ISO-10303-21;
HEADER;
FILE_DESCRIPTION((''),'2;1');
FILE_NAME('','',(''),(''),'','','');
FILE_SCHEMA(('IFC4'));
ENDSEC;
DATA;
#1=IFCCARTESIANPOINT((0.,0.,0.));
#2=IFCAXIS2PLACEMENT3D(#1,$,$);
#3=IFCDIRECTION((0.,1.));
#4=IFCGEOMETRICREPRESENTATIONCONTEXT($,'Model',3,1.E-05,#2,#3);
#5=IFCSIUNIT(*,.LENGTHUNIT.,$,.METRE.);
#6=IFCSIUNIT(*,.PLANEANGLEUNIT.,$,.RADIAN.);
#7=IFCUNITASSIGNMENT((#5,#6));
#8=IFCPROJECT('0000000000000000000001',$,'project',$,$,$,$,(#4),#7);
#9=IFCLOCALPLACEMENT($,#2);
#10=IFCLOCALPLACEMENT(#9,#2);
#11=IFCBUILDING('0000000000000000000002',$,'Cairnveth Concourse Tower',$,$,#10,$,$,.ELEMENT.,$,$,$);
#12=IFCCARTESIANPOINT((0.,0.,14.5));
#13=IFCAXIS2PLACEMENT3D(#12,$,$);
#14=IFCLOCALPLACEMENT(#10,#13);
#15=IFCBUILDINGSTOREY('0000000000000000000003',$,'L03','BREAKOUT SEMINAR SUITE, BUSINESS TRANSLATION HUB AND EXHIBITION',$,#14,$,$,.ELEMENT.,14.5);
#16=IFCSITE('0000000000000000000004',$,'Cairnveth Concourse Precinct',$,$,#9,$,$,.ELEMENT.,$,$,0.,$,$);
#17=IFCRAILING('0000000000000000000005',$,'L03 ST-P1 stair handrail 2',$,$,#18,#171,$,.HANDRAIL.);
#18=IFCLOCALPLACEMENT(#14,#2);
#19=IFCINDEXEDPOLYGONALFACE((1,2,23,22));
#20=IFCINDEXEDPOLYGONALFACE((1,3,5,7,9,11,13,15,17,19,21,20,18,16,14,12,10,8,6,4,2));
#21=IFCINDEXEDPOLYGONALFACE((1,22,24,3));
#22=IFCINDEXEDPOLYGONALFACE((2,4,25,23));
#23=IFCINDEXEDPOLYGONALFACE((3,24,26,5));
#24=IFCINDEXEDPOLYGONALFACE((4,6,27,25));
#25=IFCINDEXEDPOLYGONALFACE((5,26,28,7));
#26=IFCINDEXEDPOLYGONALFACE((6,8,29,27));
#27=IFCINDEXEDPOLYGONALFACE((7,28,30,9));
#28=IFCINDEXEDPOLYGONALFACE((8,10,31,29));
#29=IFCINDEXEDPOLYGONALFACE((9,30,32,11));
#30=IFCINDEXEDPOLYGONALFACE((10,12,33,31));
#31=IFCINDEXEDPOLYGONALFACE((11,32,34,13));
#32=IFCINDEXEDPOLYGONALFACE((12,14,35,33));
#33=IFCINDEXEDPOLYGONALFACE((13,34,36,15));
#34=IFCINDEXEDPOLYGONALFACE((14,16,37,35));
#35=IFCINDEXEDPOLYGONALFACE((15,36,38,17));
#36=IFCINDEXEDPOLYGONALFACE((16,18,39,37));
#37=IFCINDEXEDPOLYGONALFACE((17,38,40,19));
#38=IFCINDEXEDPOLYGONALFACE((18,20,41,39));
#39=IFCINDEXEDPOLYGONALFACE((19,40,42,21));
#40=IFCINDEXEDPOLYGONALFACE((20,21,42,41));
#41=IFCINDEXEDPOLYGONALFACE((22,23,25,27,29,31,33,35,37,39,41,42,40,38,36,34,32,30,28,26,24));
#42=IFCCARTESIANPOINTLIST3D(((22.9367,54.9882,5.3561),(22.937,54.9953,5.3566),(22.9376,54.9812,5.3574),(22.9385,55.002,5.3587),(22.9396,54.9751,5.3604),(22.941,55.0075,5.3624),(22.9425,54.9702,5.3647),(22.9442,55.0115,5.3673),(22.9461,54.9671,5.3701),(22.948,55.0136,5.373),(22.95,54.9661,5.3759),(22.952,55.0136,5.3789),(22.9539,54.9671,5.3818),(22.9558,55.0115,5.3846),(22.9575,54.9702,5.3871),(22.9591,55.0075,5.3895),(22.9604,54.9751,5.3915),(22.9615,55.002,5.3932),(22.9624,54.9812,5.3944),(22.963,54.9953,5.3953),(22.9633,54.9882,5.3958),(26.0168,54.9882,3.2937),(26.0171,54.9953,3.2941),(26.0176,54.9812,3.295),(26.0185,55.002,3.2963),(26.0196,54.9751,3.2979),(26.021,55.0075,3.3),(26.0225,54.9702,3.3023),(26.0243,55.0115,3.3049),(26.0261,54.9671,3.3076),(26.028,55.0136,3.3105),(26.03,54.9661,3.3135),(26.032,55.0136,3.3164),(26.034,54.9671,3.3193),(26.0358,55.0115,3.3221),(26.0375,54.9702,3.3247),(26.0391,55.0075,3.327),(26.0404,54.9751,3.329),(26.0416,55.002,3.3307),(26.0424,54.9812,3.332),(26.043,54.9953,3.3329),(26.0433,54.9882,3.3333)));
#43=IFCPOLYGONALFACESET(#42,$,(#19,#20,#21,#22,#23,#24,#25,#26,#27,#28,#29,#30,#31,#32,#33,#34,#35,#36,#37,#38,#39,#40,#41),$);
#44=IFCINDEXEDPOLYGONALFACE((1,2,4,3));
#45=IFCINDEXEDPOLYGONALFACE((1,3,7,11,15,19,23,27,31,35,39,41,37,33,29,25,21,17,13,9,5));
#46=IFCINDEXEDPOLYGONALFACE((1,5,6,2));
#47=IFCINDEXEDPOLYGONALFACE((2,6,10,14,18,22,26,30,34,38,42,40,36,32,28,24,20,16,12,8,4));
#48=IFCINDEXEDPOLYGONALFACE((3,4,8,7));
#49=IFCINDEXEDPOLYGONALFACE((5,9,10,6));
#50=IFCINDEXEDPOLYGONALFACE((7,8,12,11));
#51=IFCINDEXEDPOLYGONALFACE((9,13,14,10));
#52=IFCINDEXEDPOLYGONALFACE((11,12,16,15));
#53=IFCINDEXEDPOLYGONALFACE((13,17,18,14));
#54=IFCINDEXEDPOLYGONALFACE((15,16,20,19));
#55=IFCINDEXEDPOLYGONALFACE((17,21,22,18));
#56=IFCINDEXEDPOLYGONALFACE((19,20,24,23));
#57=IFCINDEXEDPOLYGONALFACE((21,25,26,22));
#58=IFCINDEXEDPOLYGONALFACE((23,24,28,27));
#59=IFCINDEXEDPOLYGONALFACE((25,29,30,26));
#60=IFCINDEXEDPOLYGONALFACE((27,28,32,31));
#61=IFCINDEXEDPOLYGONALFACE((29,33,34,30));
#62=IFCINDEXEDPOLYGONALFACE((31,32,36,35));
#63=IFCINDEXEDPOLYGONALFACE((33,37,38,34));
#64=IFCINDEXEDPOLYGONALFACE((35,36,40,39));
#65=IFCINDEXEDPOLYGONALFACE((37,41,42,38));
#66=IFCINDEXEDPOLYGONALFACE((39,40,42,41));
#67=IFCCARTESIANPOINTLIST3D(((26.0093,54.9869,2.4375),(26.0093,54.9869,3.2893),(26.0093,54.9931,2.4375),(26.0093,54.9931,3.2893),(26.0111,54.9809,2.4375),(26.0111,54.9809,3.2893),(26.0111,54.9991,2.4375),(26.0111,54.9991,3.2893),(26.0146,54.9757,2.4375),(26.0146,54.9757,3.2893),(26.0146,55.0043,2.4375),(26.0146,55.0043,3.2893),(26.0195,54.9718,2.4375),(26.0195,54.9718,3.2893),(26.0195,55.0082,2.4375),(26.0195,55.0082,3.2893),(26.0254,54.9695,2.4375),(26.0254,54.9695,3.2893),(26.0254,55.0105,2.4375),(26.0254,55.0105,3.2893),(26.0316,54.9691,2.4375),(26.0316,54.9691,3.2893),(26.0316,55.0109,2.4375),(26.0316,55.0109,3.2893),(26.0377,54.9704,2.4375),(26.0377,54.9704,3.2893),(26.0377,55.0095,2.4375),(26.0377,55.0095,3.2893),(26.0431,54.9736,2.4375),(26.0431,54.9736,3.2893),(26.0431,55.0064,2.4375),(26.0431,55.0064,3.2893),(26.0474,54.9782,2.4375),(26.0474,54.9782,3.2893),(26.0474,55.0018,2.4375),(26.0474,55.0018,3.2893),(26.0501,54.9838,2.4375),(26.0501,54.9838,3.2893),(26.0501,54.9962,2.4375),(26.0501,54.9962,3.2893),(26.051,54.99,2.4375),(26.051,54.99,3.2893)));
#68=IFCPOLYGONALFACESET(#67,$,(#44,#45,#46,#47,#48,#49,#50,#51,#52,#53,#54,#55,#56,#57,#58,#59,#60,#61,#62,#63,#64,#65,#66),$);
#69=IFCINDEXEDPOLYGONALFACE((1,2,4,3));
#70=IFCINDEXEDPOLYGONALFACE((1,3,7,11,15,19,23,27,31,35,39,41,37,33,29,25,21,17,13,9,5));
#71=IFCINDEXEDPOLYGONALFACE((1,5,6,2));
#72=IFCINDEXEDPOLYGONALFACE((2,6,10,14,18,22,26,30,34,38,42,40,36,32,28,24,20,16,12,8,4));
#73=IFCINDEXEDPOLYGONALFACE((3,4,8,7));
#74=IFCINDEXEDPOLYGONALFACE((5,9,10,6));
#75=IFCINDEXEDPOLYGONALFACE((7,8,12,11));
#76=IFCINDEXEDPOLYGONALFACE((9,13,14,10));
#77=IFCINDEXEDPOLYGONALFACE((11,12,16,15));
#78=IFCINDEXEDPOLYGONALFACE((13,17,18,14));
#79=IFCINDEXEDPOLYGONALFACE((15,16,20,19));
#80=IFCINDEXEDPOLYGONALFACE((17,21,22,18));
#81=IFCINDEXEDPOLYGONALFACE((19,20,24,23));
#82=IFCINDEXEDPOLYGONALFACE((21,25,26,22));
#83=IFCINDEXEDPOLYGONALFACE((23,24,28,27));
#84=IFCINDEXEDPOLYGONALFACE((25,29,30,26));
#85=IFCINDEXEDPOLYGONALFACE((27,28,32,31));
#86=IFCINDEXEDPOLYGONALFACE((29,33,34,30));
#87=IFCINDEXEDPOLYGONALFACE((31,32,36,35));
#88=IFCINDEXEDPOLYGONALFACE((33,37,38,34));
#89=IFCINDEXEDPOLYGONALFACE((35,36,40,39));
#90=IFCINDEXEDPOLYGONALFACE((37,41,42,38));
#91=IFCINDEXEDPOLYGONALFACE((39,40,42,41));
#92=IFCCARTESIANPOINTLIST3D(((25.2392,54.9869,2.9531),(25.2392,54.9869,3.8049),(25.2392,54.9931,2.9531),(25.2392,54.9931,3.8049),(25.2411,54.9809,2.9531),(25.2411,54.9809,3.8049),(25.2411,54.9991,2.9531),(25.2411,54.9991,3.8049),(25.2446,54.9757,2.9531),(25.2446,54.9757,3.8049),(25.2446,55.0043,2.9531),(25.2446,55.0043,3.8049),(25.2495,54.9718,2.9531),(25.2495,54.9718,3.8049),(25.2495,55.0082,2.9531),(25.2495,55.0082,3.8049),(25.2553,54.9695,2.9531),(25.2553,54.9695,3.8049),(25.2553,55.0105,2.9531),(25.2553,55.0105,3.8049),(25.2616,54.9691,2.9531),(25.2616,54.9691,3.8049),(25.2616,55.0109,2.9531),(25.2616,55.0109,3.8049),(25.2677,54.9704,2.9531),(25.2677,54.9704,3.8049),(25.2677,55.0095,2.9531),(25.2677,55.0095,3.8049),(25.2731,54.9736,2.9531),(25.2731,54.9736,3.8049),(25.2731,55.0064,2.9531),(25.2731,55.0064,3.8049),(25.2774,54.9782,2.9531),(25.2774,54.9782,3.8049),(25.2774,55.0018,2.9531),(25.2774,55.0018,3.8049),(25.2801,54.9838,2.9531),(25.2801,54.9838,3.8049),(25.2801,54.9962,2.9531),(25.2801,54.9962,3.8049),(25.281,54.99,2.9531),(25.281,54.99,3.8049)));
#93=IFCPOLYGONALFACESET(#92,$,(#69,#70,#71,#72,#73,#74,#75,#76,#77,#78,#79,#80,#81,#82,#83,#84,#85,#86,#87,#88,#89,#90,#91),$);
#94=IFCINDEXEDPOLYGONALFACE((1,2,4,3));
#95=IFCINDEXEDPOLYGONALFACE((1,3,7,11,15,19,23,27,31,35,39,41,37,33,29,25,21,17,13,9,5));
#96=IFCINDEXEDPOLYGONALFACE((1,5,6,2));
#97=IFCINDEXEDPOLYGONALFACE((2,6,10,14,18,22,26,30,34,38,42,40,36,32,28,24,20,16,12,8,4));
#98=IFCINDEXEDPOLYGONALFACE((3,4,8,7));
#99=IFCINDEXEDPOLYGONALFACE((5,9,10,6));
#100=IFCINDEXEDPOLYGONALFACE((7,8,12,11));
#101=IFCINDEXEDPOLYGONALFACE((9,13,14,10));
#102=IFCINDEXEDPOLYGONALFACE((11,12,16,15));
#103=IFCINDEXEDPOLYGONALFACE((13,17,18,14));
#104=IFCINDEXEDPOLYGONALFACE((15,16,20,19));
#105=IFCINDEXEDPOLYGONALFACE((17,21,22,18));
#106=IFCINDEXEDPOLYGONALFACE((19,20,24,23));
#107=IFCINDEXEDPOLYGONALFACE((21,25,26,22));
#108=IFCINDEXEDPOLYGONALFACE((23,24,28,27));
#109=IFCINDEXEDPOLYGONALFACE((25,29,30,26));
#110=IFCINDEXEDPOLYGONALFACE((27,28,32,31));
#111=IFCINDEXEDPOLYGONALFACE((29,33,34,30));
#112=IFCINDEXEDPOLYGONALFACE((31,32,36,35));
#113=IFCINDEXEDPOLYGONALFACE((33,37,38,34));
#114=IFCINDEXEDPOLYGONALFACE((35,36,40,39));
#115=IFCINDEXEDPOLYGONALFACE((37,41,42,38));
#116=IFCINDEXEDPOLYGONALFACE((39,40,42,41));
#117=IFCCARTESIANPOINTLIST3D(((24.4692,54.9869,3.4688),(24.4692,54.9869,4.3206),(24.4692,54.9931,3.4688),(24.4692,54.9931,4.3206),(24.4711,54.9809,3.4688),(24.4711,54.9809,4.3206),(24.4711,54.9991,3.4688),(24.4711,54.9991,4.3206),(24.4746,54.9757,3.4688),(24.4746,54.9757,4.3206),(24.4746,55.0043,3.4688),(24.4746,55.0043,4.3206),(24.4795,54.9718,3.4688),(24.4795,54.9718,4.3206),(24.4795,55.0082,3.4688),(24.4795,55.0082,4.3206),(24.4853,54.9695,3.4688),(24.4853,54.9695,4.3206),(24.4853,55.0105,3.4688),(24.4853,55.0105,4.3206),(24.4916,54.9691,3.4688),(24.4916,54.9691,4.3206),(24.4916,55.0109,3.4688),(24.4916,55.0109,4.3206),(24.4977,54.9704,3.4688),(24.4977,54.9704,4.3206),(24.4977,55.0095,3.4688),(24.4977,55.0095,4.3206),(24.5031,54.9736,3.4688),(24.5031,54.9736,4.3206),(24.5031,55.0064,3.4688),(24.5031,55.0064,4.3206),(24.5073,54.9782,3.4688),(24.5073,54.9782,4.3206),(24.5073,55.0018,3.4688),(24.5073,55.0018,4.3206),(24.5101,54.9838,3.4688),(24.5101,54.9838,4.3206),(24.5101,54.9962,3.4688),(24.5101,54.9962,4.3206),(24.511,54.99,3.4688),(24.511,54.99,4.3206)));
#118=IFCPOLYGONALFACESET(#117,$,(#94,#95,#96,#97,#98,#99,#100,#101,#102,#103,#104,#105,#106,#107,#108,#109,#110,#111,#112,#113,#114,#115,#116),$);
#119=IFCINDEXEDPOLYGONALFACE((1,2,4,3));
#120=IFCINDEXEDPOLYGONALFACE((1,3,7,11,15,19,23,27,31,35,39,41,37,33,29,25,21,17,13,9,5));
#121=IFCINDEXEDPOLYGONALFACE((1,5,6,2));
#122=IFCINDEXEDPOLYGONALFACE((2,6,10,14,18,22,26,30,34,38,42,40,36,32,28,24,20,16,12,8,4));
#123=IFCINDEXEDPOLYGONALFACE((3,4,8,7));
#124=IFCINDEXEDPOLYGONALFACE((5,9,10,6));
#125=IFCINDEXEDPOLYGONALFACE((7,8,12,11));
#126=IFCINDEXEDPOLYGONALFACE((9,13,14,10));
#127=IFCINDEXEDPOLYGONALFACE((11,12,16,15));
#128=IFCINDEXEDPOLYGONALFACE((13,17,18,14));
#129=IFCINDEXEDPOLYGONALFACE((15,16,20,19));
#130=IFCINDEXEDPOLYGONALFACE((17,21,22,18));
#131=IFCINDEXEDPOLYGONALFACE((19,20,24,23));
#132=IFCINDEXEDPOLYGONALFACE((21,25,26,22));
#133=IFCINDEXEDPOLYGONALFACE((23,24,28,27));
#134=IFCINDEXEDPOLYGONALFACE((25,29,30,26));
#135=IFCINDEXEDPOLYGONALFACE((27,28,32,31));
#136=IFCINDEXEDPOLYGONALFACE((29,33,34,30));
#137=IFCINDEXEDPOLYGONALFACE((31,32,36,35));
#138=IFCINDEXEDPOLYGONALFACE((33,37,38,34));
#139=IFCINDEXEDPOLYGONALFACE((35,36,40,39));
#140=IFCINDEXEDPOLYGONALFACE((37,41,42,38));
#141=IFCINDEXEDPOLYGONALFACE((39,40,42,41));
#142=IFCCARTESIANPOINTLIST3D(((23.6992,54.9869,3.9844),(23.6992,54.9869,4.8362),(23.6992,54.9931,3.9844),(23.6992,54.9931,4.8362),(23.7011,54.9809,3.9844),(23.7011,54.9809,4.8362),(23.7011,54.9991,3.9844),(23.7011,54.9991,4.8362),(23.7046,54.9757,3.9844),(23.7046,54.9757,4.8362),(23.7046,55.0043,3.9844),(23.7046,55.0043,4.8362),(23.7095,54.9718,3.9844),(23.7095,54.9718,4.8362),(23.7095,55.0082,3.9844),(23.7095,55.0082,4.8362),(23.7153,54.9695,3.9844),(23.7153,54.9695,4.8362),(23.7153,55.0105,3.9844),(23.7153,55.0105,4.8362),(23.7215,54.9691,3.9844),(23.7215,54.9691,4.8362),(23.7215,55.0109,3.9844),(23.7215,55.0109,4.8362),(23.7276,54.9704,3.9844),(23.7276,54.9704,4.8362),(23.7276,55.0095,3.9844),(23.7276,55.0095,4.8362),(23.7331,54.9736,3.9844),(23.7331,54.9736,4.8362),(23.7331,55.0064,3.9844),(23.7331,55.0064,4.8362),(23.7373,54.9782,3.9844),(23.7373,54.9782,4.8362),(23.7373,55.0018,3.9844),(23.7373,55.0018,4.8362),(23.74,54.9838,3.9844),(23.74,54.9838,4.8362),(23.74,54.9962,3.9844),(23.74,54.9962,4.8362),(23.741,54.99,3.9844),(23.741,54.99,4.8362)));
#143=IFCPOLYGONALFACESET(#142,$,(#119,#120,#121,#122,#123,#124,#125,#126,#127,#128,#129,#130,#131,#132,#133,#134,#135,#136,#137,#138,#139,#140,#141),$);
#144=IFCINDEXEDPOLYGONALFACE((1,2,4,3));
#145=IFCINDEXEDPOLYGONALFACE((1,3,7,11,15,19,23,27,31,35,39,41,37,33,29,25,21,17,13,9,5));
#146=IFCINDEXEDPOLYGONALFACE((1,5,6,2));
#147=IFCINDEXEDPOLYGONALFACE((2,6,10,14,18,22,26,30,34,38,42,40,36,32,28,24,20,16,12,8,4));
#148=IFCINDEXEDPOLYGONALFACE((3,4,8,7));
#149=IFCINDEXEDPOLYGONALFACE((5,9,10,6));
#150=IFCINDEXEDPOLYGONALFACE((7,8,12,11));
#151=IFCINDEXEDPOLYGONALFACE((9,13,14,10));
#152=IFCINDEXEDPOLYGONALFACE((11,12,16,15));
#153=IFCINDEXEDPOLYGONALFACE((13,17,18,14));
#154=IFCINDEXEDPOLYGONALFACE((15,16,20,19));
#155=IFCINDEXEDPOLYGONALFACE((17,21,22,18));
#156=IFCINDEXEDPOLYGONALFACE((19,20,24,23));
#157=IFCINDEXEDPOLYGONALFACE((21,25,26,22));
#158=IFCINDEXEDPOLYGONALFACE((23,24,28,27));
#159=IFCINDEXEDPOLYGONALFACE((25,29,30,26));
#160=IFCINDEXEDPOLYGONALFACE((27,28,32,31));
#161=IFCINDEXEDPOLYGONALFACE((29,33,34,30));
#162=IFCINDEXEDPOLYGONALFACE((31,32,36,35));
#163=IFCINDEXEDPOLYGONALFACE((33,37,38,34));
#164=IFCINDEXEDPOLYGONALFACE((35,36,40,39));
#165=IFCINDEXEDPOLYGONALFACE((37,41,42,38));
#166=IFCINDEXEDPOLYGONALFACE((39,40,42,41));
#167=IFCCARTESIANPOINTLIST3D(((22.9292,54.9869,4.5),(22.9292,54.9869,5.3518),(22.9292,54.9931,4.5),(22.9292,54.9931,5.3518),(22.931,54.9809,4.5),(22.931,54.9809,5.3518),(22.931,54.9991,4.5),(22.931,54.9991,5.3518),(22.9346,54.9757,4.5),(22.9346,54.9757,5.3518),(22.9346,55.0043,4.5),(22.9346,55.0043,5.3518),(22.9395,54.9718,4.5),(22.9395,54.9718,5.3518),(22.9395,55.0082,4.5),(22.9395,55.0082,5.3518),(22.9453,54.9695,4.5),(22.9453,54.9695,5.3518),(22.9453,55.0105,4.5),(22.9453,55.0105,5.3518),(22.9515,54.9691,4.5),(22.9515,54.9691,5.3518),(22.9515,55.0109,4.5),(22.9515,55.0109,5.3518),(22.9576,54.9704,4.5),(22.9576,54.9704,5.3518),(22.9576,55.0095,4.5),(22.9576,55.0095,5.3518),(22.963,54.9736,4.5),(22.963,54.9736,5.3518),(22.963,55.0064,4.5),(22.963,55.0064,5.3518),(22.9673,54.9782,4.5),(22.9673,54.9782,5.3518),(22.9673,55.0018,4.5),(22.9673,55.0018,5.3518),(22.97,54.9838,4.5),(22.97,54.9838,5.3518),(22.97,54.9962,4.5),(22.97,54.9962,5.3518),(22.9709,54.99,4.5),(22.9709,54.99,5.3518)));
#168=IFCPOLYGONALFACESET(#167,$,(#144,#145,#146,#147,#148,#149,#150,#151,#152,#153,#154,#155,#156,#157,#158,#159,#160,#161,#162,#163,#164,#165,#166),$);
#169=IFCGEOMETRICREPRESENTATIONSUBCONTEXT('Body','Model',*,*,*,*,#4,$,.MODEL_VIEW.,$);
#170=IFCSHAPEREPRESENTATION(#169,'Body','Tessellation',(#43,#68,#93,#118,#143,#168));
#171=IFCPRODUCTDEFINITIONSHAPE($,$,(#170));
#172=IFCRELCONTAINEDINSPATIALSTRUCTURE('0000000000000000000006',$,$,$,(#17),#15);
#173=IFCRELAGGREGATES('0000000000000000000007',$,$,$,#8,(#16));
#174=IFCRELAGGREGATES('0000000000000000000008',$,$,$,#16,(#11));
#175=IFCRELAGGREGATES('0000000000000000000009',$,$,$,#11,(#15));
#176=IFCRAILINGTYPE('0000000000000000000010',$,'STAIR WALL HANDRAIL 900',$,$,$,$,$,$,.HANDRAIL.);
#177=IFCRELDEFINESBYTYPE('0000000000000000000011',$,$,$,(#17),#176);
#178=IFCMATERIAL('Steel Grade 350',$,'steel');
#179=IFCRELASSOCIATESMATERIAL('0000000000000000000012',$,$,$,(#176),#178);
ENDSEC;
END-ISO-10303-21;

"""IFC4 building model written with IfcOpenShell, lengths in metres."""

from ifc_helpers import new_model, si_unit, direction, frame, origin, origin_2d, place, context, subcontext, project, spatial, circle, extrude, material, type_object, element, save


model = new_model("IFC4")

# Units and contexts
model_context = context("Model", 3, precision=1e-05, world=origin(), true_north=direction((0.0, 1.0)))
body_context = subcontext(model_context, "Body", "Model", "MODEL_VIEW")
ifc_project = project(units=[si_unit("LENGTHUNIT", "METRE"), si_unit("PLANEANGLEUNIT", "RADIAN")], contexts=[model_context])

# Site, building, storey
site_placement = place(None, origin())
site = spatial("IfcSite", under=ifc_project, at=site_placement, Name="Cairnveth Concourse Precinct", CompositionType="ELEMENT", RefElevation=0.0)
building_placement = place(site_placement, origin())
building = spatial("IfcBuilding", under=site, at=building_placement, Name="Cairnveth Concourse Tower", CompositionType="ELEMENT")
storey_placement = place(building_placement, frame((0.0, 0.0, 14.5)))
storey = spatial("IfcBuildingStorey", under=building, at=storey_placement, Name="L03", Description="BREAKOUT SEMINAR SUITE, BUSINESS TRANSLATION HUB AND EXHIBITION", CompositionType="ELEMENT", Elevation=14.5)

# Shared definitions
ifc_material_1 = material(Name="Steel Grade 350", Category="steel")

# Railing
railing_type_1 = type_object("IfcRailingType", Name="STAIR WALL HANDRAIL 900", PredefinedType="HANDRAIL", material=ifc_material_1)
railing_1_placement = place(storey_placement, frame((26.03, 54.99, 2.4375)))
element("IfcRailing", 1, at=railing_1_placement, inside=storey, type_object=railing_type_1, Name="L03 ST-P1 stair handrail 2", PredefinedType="HANDRAIL", context=body_context, shape_type="SweptSolid", body=[
    extrude(circle(Radius=0.0239, at=origin_2d()), frame((0.0, 0.0, 0.876), z_axis=(-0.830914, 0.0, 0.556401), x_axis=(0.0, -1.0, 0.0)), (0.0, 0.0, 1.0), 3.7068),
    extrude(circle(Radius=0.021, at=origin_2d()), origin(), (0.0, 0.0, 1.0), 0.8518),
    extrude(circle(Radius=0.021, at=origin_2d()), frame((-0.77, 0.0, 0.5156)), (0.0, 0.0, 1.0), 0.8518),
    extrude(circle(Radius=0.021, at=origin_2d()), frame((-1.54, 0.0, 1.0312)), (0.0, 0.0, 1.0), 0.8518),
    extrude(circle(Radius=0.021, at=origin_2d()), frame((-2.3101, 0.0, 1.5469)), (0.0, 0.0, 1.0), 0.8518),
    extrude(circle(Radius=0.021, at=origin_2d()), frame((-3.0801, 0.0, 2.0625)), (0.0, 0.0, 1.0), 0.8518),
])

save(model, "model.ifc")
